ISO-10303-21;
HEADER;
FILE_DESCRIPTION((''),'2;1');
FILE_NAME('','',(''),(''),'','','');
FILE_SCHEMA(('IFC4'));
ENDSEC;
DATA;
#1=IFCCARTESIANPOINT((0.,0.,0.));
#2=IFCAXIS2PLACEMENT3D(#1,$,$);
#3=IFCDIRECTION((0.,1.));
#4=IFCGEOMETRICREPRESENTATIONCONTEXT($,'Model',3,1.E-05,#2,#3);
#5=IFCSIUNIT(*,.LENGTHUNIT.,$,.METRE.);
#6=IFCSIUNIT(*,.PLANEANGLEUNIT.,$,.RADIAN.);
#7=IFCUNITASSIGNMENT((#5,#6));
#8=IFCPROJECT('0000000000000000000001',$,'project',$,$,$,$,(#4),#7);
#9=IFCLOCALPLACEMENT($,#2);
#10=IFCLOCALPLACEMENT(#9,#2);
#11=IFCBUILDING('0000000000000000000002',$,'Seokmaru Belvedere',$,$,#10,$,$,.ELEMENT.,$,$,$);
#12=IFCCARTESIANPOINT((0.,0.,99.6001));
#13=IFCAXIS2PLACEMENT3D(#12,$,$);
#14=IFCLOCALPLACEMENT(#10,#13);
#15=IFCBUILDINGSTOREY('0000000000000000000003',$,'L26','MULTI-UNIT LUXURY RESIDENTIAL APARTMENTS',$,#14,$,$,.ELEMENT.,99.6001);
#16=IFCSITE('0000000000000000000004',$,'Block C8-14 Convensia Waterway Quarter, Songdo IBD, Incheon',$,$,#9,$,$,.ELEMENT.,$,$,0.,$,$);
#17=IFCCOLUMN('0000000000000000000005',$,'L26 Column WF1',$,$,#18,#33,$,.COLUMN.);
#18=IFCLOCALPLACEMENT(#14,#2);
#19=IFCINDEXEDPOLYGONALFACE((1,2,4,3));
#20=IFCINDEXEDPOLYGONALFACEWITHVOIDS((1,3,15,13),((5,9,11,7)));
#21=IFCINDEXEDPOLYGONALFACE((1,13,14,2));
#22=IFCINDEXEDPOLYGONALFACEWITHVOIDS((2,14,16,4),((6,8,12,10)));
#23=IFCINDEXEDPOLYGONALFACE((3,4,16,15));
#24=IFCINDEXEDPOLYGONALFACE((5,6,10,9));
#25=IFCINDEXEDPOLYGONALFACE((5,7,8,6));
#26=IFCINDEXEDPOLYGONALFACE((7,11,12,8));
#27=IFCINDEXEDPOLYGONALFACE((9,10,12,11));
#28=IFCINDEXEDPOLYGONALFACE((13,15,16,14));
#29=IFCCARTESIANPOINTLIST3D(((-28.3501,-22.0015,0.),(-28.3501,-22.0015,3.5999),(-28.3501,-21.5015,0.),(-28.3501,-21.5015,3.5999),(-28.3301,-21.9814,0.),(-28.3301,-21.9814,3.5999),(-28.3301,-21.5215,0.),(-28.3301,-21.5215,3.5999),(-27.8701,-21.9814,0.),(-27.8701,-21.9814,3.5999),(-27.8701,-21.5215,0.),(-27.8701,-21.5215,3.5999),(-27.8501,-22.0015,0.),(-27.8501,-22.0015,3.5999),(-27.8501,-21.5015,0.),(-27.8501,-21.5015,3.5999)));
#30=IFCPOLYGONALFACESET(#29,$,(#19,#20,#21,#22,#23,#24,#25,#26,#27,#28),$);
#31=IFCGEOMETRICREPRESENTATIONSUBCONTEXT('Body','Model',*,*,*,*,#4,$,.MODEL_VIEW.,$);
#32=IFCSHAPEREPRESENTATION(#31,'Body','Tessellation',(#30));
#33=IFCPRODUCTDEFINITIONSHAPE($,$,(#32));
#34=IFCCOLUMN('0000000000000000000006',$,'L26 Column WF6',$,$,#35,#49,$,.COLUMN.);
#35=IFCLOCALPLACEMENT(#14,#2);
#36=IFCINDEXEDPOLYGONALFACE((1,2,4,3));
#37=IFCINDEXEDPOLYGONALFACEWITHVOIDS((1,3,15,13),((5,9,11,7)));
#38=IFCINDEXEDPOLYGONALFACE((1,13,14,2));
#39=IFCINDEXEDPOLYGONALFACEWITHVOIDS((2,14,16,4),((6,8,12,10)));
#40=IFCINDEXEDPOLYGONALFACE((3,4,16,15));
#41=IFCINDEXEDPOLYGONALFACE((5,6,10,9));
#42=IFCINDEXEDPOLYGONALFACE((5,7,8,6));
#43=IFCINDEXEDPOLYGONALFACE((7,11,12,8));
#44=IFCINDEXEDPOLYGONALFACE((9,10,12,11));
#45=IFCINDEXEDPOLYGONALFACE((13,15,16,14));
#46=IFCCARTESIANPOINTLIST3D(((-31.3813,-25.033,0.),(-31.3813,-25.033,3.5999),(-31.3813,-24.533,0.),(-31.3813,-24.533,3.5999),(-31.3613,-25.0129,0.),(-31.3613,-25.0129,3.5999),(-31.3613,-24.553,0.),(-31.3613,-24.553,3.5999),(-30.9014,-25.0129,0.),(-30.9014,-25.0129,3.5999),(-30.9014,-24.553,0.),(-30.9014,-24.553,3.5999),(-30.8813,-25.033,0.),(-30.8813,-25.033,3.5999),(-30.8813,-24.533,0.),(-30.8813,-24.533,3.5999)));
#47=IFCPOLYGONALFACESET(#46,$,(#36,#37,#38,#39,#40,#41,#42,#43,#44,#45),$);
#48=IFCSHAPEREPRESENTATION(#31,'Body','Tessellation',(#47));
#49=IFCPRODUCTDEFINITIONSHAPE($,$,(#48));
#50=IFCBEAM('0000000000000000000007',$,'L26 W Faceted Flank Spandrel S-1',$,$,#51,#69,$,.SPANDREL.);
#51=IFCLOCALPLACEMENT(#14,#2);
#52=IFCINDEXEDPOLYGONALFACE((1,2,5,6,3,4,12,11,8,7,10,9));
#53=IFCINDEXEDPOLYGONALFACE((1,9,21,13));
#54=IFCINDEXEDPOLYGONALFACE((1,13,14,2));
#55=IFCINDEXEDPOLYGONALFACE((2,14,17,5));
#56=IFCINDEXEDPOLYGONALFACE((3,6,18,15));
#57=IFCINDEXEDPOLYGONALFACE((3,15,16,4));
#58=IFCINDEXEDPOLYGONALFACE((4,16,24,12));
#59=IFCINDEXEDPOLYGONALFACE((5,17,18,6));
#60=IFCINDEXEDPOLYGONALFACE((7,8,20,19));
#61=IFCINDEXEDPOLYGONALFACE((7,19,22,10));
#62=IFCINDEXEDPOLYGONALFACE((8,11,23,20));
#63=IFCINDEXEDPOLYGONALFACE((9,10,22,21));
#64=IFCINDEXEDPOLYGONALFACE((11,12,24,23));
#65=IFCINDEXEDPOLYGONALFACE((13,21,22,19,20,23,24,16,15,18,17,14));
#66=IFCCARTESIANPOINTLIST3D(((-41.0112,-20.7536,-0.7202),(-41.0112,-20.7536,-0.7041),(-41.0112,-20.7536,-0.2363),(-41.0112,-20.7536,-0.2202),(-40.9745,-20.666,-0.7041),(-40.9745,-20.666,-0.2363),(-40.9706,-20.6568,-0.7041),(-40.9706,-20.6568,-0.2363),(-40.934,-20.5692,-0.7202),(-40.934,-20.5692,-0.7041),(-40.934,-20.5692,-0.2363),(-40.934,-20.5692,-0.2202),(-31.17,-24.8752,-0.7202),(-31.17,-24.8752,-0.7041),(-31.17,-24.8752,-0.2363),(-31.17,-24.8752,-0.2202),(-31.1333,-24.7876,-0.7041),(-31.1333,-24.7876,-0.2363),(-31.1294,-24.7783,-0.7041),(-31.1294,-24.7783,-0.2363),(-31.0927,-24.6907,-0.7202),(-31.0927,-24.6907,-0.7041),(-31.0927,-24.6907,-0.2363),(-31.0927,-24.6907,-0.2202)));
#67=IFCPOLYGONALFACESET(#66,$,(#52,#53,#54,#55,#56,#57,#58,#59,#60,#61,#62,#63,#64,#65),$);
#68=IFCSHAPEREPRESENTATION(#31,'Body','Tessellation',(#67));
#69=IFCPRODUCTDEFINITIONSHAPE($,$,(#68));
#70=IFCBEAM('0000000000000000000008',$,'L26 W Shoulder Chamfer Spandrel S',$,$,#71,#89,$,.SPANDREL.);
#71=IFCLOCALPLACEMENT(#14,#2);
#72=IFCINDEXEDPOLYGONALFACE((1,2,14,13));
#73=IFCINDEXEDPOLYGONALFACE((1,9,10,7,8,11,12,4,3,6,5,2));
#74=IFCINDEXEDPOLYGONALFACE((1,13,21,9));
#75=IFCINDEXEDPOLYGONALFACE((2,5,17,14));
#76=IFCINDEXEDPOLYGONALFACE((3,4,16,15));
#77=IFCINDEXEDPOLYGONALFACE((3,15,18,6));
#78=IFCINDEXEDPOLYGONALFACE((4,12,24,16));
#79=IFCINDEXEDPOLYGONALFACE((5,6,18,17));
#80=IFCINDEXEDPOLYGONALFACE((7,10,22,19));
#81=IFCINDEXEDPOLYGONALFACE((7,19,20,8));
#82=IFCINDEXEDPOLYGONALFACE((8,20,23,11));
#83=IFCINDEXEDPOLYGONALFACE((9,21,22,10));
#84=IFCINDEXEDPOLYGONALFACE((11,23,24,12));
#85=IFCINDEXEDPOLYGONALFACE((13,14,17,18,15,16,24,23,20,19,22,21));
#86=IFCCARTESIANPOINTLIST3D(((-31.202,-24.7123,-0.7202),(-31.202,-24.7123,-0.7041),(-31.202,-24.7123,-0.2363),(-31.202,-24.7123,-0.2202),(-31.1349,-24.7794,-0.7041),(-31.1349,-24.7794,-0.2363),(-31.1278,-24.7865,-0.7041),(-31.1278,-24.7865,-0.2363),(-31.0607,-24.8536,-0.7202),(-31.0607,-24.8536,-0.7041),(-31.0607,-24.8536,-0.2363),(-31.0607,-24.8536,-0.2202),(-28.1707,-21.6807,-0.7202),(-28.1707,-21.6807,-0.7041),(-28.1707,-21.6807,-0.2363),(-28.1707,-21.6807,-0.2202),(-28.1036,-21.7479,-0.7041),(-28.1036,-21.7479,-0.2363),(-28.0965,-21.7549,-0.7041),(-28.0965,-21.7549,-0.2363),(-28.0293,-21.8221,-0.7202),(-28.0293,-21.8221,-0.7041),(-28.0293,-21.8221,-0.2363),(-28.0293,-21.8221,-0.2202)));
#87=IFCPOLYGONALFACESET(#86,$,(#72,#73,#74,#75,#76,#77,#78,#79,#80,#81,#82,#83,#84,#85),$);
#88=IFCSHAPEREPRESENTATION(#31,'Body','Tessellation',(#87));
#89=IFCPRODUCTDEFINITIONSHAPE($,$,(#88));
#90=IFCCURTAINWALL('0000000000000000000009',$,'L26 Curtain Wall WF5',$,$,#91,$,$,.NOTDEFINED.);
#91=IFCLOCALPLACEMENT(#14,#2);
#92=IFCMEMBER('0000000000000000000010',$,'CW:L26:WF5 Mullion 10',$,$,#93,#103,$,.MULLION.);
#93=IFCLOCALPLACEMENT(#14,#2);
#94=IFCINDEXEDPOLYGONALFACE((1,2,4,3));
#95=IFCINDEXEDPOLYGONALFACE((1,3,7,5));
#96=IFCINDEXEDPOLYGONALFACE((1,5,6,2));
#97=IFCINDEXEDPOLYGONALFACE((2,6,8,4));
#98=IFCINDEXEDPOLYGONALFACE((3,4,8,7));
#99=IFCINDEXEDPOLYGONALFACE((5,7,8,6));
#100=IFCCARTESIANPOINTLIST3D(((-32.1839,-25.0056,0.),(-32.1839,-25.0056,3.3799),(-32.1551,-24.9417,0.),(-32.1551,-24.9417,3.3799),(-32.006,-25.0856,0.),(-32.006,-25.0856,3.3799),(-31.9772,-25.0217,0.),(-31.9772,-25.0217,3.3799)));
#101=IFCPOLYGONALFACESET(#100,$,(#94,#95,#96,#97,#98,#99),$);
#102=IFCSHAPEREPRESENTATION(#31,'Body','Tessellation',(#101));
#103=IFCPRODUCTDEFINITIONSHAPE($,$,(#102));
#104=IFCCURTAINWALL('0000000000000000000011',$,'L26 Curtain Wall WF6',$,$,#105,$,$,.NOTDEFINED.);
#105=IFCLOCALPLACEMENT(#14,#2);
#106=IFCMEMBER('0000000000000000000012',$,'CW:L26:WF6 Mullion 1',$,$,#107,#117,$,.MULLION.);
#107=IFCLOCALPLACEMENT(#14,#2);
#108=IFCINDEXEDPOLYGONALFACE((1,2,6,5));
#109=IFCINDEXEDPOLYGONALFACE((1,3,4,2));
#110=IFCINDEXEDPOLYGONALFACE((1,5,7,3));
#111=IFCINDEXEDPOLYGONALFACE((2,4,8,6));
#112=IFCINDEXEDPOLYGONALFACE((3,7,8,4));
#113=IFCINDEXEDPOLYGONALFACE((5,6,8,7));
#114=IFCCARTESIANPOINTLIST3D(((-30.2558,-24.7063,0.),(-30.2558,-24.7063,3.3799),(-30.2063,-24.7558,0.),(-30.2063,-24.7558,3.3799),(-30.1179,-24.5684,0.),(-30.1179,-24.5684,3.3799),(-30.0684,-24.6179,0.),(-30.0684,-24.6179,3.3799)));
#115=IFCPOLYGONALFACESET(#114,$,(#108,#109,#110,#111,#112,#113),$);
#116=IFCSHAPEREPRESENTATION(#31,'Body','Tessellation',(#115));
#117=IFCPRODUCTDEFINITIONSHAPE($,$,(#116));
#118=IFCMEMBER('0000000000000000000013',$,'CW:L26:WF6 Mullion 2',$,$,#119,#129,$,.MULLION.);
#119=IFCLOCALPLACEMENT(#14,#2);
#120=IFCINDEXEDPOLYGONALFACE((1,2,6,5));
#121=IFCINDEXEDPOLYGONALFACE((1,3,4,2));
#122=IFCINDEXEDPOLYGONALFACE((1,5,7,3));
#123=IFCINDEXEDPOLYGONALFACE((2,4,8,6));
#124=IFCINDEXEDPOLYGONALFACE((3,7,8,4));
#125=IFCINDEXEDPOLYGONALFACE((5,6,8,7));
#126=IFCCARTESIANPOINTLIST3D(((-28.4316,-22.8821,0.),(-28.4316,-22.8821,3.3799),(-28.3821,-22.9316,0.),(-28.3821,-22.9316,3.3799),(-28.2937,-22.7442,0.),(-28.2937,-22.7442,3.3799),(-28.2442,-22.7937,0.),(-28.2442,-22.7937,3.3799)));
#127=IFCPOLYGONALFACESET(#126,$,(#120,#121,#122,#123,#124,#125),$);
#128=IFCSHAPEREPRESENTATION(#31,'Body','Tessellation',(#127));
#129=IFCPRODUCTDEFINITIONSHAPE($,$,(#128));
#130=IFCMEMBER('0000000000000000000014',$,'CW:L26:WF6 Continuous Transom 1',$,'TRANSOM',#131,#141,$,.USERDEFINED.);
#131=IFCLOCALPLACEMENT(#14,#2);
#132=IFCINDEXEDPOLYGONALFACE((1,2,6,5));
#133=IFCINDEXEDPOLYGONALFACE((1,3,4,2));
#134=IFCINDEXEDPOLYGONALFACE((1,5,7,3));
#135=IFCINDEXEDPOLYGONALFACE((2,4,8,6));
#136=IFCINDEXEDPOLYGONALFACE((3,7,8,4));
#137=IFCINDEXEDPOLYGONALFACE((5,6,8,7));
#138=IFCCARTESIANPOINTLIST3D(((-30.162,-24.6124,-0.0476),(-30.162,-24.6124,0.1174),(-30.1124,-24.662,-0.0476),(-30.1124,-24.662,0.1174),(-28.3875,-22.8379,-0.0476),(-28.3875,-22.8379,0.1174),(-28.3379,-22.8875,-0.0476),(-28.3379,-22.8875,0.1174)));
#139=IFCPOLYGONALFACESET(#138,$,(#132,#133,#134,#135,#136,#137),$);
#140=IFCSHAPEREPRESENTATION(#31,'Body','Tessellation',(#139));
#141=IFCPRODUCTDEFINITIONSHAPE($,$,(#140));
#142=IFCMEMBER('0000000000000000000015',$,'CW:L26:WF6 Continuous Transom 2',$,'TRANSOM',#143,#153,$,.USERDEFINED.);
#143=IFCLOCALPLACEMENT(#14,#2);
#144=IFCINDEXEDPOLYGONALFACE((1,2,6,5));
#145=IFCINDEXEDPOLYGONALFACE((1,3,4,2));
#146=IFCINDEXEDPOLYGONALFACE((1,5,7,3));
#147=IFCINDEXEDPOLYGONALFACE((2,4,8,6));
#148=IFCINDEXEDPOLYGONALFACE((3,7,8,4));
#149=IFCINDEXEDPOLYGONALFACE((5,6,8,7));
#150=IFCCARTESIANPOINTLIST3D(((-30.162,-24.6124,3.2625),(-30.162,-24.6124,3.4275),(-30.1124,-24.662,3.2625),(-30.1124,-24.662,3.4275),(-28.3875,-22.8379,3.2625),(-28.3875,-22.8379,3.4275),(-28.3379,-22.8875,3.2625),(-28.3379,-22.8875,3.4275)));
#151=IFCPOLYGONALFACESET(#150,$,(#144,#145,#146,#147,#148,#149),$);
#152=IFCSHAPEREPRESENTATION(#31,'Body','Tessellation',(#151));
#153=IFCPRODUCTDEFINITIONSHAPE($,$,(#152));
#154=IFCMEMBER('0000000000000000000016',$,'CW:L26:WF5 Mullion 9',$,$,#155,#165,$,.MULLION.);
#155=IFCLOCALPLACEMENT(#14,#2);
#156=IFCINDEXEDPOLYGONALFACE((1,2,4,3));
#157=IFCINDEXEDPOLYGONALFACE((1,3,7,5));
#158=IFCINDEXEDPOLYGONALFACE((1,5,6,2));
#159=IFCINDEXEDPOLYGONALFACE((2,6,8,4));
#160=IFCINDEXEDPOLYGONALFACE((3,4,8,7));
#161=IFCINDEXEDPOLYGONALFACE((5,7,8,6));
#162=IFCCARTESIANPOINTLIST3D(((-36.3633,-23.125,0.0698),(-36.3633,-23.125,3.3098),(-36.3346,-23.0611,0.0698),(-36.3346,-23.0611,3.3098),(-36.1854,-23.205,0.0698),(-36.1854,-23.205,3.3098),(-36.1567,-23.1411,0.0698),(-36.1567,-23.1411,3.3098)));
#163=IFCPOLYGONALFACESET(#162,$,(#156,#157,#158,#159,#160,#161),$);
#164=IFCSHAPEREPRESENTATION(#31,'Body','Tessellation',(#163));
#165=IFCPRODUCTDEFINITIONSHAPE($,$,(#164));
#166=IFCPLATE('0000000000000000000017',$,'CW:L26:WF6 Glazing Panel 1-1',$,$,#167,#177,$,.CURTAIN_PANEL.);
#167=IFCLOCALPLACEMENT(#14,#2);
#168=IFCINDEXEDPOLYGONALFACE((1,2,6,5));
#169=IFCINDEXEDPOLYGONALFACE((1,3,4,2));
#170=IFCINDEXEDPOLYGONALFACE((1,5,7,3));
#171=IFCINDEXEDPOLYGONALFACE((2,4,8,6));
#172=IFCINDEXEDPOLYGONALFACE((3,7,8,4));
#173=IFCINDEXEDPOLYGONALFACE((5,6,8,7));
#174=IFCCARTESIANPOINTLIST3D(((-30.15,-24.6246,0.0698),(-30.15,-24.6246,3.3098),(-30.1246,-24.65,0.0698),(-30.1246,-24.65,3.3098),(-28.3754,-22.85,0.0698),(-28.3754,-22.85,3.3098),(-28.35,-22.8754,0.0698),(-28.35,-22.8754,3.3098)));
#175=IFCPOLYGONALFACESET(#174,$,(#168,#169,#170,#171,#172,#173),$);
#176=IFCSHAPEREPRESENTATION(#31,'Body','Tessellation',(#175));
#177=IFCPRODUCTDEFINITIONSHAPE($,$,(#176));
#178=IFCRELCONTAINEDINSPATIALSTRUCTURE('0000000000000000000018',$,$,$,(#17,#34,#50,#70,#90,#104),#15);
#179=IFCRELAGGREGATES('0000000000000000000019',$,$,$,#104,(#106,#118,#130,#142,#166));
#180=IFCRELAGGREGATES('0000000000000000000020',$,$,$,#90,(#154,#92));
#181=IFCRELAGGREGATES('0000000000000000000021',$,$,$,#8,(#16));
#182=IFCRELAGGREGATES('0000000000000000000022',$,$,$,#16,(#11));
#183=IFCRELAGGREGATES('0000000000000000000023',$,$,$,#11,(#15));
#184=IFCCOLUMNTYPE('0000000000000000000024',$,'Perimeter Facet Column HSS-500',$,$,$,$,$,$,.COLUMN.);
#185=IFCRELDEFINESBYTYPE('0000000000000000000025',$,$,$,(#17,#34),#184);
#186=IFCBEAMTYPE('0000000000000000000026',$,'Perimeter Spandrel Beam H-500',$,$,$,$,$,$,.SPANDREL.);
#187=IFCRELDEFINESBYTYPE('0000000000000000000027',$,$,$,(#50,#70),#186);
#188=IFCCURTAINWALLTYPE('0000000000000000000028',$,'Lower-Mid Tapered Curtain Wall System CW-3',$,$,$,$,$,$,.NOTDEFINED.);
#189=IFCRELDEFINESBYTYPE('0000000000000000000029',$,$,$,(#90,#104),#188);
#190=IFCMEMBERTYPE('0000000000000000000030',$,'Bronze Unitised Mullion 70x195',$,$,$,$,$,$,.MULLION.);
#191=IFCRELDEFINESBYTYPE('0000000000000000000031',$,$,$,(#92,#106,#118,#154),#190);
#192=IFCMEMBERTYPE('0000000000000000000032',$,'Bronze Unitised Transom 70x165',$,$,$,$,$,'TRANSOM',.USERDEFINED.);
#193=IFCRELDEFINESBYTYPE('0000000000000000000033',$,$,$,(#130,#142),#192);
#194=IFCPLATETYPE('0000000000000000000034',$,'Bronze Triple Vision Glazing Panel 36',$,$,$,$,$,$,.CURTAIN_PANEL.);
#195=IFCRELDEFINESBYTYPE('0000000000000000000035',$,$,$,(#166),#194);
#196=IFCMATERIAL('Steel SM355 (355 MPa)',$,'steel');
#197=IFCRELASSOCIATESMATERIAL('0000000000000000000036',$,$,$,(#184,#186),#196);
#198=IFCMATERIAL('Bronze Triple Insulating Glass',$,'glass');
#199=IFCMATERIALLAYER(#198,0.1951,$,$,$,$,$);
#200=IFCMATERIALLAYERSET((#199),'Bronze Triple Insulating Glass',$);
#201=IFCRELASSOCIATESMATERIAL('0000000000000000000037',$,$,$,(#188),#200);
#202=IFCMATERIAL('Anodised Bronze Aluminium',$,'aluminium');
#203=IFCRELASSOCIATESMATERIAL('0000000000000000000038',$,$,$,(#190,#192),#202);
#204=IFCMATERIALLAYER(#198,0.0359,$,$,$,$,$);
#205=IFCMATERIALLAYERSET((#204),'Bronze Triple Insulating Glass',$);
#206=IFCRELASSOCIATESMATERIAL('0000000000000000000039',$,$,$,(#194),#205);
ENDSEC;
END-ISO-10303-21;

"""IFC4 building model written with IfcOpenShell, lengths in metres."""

from ifc_helpers import new_model, si_unit, direction, frame, origin, origin_2d, place, context, subcontext, project, spatial, rectangle, hollow_rectangle, i_section, extrude, source, transform, mapped, material, layer, layer_set, material_profile, profile_set, type_object, type_shapes, element, aggregate, save


model = new_model("IFC4")

# Units and contexts
model_context = context("Model", 3, precision=1e-05, world=origin(), true_north=direction((0.0, 1.0)))
body_context = subcontext(model_context, "Body", "Model", "MODEL_VIEW")
ifc_project = project(units=[si_unit("LENGTHUNIT", "METRE"), si_unit("PLANEANGLEUNIT", "RADIAN")], contexts=[model_context])

# Site, building, storey
site_placement = place(None, origin())
site = spatial("IfcSite", under=ifc_project, at=site_placement, Name="Block C8-14 Convensia Waterway Quarter, Songdo IBD, Incheon", CompositionType="ELEMENT", RefElevation=0.0)
building_placement = place(site_placement, origin())
building = spatial("IfcBuilding", under=site, at=building_placement, Name="Seokmaru Belvedere", CompositionType="ELEMENT")
storey_placement = place(building_placement, frame((0.0, 0.0, 99.6001)))
storey = spatial("IfcBuildingStorey", under=building, at=storey_placement, Name="L26", Description="MULTI-UNIT LUXURY RESIDENTIAL APARTMENTS", CompositionType="ELEMENT", Elevation=99.6001)

# Columns
ifc_material_1 = material(Name="Steel SM355 (355 MPa)", Category="steel")
ifc_material_profile_1 = material_profile(ifc_material_1, hollow_rectangle(XDim=0.5, YDim=0.5, WallThickness=0.02, at=origin_2d()), Name="HSS-500x500x20")
ifc_profile_set_1 = profile_set([ifc_material_profile_1], Name="Steel SM355 (355 MPa)")
column_type = type_object("IfcColumnType", Name="Perimeter Facet Column HSS-500", PredefinedType="COLUMN", material=ifc_profile_set_1)
shared_shape_1 = source(origin(), body_context, "Body", "SweptSolid", [
    extrude(hollow_rectangle(XDim=0.5, YDim=0.5, WallThickness=0.02, at=origin_2d()), origin(), (0.0, 0.0, 1.0), 3.5999),
])
type_shapes(column_type, [shared_shape_1])
for number, where, z_axis, x_axis, name in (
    (1, (-28.1001, -21.7515, 0.0), (0.0, 0.0, 1.0), (1.0, 0.0, 0.0), "L26 Column WF1"),
    (2, (-31.1313, -24.783, 0.0), (0.0, 0.0, 1.0), (1.0, 0.0, 0.0), "L26 Column WF6"),
):
    element("IfcColumn", number, at=place(storey_placement, frame(where, z_axis=z_axis, x_axis=x_axis)), inside=storey, type_object=column_type, Name=name, PredefinedType="COLUMN", context=body_context, shape_type="MappedRepresentation", body=[
        mapped(shared_shape_1, transform((0.0, 0.0, 0.0), scale=1.0)),
    ])

# Beams
ifc_material_profile_2 = material_profile(ifc_material_1, i_section(OverallWidth=0.2, OverallDepth=0.5, WebThickness=0.01, FlangeThickness=0.0161, at=origin_2d()), Name="H-500x200x10x16")
ifc_profile_set_2 = profile_set([ifc_material_profile_2], Name="Steel SM355 (355 MPa)")
beam_type = type_object("IfcBeamType", Name="Perimeter Spandrel Beam H-500", PredefinedType="SPANDREL", material=ifc_profile_set_2)
shared_shape_2 = source(origin(), body_context, "Body", "SweptSolid", [
    extrude(i_section(OverallWidth=0.2, OverallDepth=0.5, WebThickness=0.01, FlangeThickness=0.0161, at=origin_2d()), origin(), (0.0, 0.0, 1.0), 10.6694),
])
beam_1_placement = place(storey_placement, frame((-31.1313, -24.783, -0.4702), z_axis=(-0.922375, 0.386295, 0.0), x_axis=(-0.386295, -0.922375, 0.0)))
element("IfcBeam", 3, at=beam_1_placement, inside=storey, type_object=beam_type, Name="L26 W Faceted Flank Spandrel S-1", PredefinedType="SPANDREL", context=body_context, shape_type="MappedRepresentation", body=[
    mapped(shared_shape_2, transform((0.0, 0.0, 0.0), scale=1.0)),
])
shared_shape_3 = source(origin(), body_context, "Body", "SweptSolid", [
    extrude(i_section(OverallWidth=0.2, OverallDepth=0.5, WebThickness=0.01, FlangeThickness=0.0161, at=origin_2d()), origin(), (0.0, 0.0, 1.0), 4.2871),
])
type_shapes(beam_type, [shared_shape_2, shared_shape_3])
beam_2_placement = place(storey_placement, frame((-31.1313, -24.783, -0.4702), z_axis=(0.707078, 0.707135, 0.0), x_axis=(-0.707135, 0.707078, 0.0)))
element("IfcBeam", 4, at=beam_2_placement, inside=storey, type_object=beam_type, Name="L26 W Shoulder Chamfer Spandrel S", PredefinedType="SPANDREL", context=body_context, shape_type="MappedRepresentation", body=[
    mapped(shared_shape_3, transform((0.0, 0.0, 0.0), scale=1.0)),
])

# Curtain wall, member
ifc_material_2 = material(Name="Bronze Triple Insulating Glass", Category="glass")
ifc_layer_1 = layer(ifc_material_2, 0.1951)
ifc_layer_set_1 = layer_set([ifc_layer_1], Name="Bronze Triple Insulating Glass")
curtain_wall_type = type_object("IfcCurtainWallType", Name="Lower-Mid Tapered Curtain Wall System CW-3", PredefinedType="NOTDEFINED", material=ifc_layer_set_1)
curtain_wall_1_placement = place(storey_placement, origin())
curtain_wall_1 = element("IfcCurtainWall", 5, at=curtain_wall_1_placement, inside=storey, type_object=curtain_wall_type, Name="L26 Curtain Wall WF5", PredefinedType="NOTDEFINED")
ifc_material_3 = material(Name="Anodised Bronze Aluminium", Category="aluminium")
ifc_material_profile_3 = material_profile(ifc_material_3, rectangle(XDim=0.0701, YDim=0.1951, at=origin_2d()), Name="CW-M-70x195")
ifc_profile_set_3 = profile_set([ifc_material_profile_3], Name="Anodised Bronze Aluminium")
member_type_1 = type_object("IfcMemberType", Name="Bronze Unitised Mullion 70x195", PredefinedType="MULLION", material=ifc_profile_set_3)
shared_shape_4 = source(origin(), body_context, "Body", "SweptSolid", [
    extrude(rectangle(XDim=0.0701, YDim=0.1951, at=origin_2d()), origin(), (0.0, 0.0, 1.0), 3.3799),
])
member_1_placement = place(storey_placement, frame((-32.0806, -25.0137, 0.0), z_axis=(0.0, 0.0, 1.0), x_axis=(0.410366, 0.911921, 0.0)))
member_1 = element("IfcMember", 6, at=member_1_placement, type_object=member_type_1, Name="CW:L26:WF5 Mullion 10", PredefinedType="MULLION", context=body_context, shape_type="MappedRepresentation", body=[
    mapped(shared_shape_4, transform((0.0, 0.0, 0.0), scale=1.0)),
])

# Curtain wall, members
curtain_wall_2_placement = place(storey_placement, origin())
curtain_wall_2 = element("IfcCurtainWall", 7, at=curtain_wall_2_placement, inside=storey, type_object=curtain_wall_type, Name="L26 Curtain Wall WF6", PredefinedType="NOTDEFINED")
member_2_placement = place(storey_placement, frame((-30.1621, -24.6621, 0.0), z_axis=(0.0, 0.0, 1.0), x_axis=(-0.707107, 0.707107, 0.0)))
member_2 = element("IfcMember", 8, at=member_2_placement, type_object=member_type_1, Name="CW:L26:WF6 Mullion 1", PredefinedType="MULLION", context=body_context, shape_type="MappedRepresentation", body=[
    mapped(shared_shape_4, transform((0.0, 0.0, 0.0), scale=1.0)),
])
member_3_placement = place(storey_placement, frame((-28.3379, -22.8379, 0.0), z_axis=(0.0, 0.0, 1.0), x_axis=(-0.707107, 0.707107, 0.0)))
member_3 = element("IfcMember", 9, at=member_3_placement, type_object=member_type_1, Name="CW:L26:WF6 Mullion 2", PredefinedType="MULLION", context=body_context, shape_type="MappedRepresentation", body=[
    mapped(shared_shape_4, transform((0.0, 0.0, 0.0), scale=1.0)),
])
ifc_material_profile_4 = material_profile(ifc_material_3, rectangle(XDim=0.0701, YDim=0.165, at=origin_2d()), Name="CW-T-70x165")
ifc_profile_set_4 = profile_set([ifc_material_profile_4], Name="Anodised Bronze Aluminium")
member_type_2 = type_object("IfcMemberType", Name="Bronze Unitised Transom 70x165", ElementType="TRANSOM", PredefinedType="USERDEFINED", material=ifc_profile_set_4)
shared_shape_5 = source(origin(), body_context, "Body", "SweptSolid", [
    extrude(rectangle(XDim=0.0701, YDim=0.165, at=origin_2d()), origin(), (0.0, 0.0, 1.0), 2.5095),
])
type_shapes(member_type_2, [shared_shape_5])
member_4_placement = place(storey_placement, frame((-30.1372, -24.6372, 0.0349), z_axis=(0.707107, 0.707107, 0.0), x_axis=(-0.707107, 0.707107, 0.0)))
member_4 = element("IfcMember", 10, at=member_4_placement, type_object=member_type_2, Name="CW:L26:WF6 Continuous Transom 1", ObjectType="TRANSOM", PredefinedType="USERDEFINED", context=body_context, shape_type="MappedRepresentation", body=[
    mapped(shared_shape_5, transform((0.0, 0.0, 0.0), scale=1.0)),
])
member_5_placement = place(storey_placement, frame((-30.1372, -24.6372, 3.345), z_axis=(0.707107, 0.707107, 0.0), x_axis=(-0.707107, 0.707107, 0.0)))
member_5 = element("IfcMember", 11, at=member_5_placement, type_object=member_type_2, Name="CW:L26:WF6 Continuous Transom 2", ObjectType="TRANSOM", PredefinedType="USERDEFINED", context=body_context, shape_type="MappedRepresentation", body=[
    mapped(shared_shape_5, transform((0.0, 0.0, 0.0), scale=1.0)),
])

# Member
shared_shape_6 = source(origin(), body_context, "Body", "SweptSolid", [
    extrude(rectangle(XDim=0.0701, YDim=0.1951, at=origin_2d()), origin(), (0.0, 0.0, 1.0), 3.24),
])
type_shapes(member_type_1, [shared_shape_4, shared_shape_6])
member_6_placement = place(storey_placement, frame((-36.26, -23.1331, 0.0698), z_axis=(0.0, 0.0, 1.0), x_axis=(0.410366, 0.911921, 0.0)))
member_6 = element("IfcMember", 12, at=member_6_placement, type_object=member_type_1, Name="CW:L26:WF5 Mullion 9", PredefinedType="MULLION", context=body_context, shape_type="MappedRepresentation", body=[
    mapped(shared_shape_6, transform((0.0, 0.0, 0.0), scale=1.0)),
])

# Plate
ifc_layer_2 = layer(ifc_material_2, 0.0359)
ifc_layer_set_2 = layer_set([ifc_layer_2], Name="Bronze Triple Insulating Glass")
plate_type = type_object("IfcPlateType", Name="Bronze Triple Vision Glazing Panel 36", PredefinedType="CURTAIN_PANEL", material=ifc_layer_set_2)
shared_shape_7 = source(origin(), body_context, "Body", "SweptSolid", [
    extrude(rectangle(XDim=2.5098, YDim=0.0359, at=origin_2d()), origin(), (0.0, 0.0, 1.0), 3.24),
])
plate_1_placement = place(storey_placement, frame((-29.25, -23.75, 0.0698), z_axis=(0.0, 0.0, 1.0), x_axis=(0.707107, 0.707107, 0.0)))
plate_1 = element("IfcPlate", 13, at=plate_1_placement, type_object=plate_type, Name="CW:L26:WF6 Glazing Panel 1-1", PredefinedType="CURTAIN_PANEL", context=body_context, shape_type="MappedRepresentation", body=[
    mapped(shared_shape_7, transform((0.0, 0.0, 0.0), scale=1.0)),
])
aggregate(curtain_wall_2, [member_2, member_3, member_4, member_5, plate_1])
aggregate(curtain_wall_1, [member_6, member_1])

save(model, "model.ifc")
